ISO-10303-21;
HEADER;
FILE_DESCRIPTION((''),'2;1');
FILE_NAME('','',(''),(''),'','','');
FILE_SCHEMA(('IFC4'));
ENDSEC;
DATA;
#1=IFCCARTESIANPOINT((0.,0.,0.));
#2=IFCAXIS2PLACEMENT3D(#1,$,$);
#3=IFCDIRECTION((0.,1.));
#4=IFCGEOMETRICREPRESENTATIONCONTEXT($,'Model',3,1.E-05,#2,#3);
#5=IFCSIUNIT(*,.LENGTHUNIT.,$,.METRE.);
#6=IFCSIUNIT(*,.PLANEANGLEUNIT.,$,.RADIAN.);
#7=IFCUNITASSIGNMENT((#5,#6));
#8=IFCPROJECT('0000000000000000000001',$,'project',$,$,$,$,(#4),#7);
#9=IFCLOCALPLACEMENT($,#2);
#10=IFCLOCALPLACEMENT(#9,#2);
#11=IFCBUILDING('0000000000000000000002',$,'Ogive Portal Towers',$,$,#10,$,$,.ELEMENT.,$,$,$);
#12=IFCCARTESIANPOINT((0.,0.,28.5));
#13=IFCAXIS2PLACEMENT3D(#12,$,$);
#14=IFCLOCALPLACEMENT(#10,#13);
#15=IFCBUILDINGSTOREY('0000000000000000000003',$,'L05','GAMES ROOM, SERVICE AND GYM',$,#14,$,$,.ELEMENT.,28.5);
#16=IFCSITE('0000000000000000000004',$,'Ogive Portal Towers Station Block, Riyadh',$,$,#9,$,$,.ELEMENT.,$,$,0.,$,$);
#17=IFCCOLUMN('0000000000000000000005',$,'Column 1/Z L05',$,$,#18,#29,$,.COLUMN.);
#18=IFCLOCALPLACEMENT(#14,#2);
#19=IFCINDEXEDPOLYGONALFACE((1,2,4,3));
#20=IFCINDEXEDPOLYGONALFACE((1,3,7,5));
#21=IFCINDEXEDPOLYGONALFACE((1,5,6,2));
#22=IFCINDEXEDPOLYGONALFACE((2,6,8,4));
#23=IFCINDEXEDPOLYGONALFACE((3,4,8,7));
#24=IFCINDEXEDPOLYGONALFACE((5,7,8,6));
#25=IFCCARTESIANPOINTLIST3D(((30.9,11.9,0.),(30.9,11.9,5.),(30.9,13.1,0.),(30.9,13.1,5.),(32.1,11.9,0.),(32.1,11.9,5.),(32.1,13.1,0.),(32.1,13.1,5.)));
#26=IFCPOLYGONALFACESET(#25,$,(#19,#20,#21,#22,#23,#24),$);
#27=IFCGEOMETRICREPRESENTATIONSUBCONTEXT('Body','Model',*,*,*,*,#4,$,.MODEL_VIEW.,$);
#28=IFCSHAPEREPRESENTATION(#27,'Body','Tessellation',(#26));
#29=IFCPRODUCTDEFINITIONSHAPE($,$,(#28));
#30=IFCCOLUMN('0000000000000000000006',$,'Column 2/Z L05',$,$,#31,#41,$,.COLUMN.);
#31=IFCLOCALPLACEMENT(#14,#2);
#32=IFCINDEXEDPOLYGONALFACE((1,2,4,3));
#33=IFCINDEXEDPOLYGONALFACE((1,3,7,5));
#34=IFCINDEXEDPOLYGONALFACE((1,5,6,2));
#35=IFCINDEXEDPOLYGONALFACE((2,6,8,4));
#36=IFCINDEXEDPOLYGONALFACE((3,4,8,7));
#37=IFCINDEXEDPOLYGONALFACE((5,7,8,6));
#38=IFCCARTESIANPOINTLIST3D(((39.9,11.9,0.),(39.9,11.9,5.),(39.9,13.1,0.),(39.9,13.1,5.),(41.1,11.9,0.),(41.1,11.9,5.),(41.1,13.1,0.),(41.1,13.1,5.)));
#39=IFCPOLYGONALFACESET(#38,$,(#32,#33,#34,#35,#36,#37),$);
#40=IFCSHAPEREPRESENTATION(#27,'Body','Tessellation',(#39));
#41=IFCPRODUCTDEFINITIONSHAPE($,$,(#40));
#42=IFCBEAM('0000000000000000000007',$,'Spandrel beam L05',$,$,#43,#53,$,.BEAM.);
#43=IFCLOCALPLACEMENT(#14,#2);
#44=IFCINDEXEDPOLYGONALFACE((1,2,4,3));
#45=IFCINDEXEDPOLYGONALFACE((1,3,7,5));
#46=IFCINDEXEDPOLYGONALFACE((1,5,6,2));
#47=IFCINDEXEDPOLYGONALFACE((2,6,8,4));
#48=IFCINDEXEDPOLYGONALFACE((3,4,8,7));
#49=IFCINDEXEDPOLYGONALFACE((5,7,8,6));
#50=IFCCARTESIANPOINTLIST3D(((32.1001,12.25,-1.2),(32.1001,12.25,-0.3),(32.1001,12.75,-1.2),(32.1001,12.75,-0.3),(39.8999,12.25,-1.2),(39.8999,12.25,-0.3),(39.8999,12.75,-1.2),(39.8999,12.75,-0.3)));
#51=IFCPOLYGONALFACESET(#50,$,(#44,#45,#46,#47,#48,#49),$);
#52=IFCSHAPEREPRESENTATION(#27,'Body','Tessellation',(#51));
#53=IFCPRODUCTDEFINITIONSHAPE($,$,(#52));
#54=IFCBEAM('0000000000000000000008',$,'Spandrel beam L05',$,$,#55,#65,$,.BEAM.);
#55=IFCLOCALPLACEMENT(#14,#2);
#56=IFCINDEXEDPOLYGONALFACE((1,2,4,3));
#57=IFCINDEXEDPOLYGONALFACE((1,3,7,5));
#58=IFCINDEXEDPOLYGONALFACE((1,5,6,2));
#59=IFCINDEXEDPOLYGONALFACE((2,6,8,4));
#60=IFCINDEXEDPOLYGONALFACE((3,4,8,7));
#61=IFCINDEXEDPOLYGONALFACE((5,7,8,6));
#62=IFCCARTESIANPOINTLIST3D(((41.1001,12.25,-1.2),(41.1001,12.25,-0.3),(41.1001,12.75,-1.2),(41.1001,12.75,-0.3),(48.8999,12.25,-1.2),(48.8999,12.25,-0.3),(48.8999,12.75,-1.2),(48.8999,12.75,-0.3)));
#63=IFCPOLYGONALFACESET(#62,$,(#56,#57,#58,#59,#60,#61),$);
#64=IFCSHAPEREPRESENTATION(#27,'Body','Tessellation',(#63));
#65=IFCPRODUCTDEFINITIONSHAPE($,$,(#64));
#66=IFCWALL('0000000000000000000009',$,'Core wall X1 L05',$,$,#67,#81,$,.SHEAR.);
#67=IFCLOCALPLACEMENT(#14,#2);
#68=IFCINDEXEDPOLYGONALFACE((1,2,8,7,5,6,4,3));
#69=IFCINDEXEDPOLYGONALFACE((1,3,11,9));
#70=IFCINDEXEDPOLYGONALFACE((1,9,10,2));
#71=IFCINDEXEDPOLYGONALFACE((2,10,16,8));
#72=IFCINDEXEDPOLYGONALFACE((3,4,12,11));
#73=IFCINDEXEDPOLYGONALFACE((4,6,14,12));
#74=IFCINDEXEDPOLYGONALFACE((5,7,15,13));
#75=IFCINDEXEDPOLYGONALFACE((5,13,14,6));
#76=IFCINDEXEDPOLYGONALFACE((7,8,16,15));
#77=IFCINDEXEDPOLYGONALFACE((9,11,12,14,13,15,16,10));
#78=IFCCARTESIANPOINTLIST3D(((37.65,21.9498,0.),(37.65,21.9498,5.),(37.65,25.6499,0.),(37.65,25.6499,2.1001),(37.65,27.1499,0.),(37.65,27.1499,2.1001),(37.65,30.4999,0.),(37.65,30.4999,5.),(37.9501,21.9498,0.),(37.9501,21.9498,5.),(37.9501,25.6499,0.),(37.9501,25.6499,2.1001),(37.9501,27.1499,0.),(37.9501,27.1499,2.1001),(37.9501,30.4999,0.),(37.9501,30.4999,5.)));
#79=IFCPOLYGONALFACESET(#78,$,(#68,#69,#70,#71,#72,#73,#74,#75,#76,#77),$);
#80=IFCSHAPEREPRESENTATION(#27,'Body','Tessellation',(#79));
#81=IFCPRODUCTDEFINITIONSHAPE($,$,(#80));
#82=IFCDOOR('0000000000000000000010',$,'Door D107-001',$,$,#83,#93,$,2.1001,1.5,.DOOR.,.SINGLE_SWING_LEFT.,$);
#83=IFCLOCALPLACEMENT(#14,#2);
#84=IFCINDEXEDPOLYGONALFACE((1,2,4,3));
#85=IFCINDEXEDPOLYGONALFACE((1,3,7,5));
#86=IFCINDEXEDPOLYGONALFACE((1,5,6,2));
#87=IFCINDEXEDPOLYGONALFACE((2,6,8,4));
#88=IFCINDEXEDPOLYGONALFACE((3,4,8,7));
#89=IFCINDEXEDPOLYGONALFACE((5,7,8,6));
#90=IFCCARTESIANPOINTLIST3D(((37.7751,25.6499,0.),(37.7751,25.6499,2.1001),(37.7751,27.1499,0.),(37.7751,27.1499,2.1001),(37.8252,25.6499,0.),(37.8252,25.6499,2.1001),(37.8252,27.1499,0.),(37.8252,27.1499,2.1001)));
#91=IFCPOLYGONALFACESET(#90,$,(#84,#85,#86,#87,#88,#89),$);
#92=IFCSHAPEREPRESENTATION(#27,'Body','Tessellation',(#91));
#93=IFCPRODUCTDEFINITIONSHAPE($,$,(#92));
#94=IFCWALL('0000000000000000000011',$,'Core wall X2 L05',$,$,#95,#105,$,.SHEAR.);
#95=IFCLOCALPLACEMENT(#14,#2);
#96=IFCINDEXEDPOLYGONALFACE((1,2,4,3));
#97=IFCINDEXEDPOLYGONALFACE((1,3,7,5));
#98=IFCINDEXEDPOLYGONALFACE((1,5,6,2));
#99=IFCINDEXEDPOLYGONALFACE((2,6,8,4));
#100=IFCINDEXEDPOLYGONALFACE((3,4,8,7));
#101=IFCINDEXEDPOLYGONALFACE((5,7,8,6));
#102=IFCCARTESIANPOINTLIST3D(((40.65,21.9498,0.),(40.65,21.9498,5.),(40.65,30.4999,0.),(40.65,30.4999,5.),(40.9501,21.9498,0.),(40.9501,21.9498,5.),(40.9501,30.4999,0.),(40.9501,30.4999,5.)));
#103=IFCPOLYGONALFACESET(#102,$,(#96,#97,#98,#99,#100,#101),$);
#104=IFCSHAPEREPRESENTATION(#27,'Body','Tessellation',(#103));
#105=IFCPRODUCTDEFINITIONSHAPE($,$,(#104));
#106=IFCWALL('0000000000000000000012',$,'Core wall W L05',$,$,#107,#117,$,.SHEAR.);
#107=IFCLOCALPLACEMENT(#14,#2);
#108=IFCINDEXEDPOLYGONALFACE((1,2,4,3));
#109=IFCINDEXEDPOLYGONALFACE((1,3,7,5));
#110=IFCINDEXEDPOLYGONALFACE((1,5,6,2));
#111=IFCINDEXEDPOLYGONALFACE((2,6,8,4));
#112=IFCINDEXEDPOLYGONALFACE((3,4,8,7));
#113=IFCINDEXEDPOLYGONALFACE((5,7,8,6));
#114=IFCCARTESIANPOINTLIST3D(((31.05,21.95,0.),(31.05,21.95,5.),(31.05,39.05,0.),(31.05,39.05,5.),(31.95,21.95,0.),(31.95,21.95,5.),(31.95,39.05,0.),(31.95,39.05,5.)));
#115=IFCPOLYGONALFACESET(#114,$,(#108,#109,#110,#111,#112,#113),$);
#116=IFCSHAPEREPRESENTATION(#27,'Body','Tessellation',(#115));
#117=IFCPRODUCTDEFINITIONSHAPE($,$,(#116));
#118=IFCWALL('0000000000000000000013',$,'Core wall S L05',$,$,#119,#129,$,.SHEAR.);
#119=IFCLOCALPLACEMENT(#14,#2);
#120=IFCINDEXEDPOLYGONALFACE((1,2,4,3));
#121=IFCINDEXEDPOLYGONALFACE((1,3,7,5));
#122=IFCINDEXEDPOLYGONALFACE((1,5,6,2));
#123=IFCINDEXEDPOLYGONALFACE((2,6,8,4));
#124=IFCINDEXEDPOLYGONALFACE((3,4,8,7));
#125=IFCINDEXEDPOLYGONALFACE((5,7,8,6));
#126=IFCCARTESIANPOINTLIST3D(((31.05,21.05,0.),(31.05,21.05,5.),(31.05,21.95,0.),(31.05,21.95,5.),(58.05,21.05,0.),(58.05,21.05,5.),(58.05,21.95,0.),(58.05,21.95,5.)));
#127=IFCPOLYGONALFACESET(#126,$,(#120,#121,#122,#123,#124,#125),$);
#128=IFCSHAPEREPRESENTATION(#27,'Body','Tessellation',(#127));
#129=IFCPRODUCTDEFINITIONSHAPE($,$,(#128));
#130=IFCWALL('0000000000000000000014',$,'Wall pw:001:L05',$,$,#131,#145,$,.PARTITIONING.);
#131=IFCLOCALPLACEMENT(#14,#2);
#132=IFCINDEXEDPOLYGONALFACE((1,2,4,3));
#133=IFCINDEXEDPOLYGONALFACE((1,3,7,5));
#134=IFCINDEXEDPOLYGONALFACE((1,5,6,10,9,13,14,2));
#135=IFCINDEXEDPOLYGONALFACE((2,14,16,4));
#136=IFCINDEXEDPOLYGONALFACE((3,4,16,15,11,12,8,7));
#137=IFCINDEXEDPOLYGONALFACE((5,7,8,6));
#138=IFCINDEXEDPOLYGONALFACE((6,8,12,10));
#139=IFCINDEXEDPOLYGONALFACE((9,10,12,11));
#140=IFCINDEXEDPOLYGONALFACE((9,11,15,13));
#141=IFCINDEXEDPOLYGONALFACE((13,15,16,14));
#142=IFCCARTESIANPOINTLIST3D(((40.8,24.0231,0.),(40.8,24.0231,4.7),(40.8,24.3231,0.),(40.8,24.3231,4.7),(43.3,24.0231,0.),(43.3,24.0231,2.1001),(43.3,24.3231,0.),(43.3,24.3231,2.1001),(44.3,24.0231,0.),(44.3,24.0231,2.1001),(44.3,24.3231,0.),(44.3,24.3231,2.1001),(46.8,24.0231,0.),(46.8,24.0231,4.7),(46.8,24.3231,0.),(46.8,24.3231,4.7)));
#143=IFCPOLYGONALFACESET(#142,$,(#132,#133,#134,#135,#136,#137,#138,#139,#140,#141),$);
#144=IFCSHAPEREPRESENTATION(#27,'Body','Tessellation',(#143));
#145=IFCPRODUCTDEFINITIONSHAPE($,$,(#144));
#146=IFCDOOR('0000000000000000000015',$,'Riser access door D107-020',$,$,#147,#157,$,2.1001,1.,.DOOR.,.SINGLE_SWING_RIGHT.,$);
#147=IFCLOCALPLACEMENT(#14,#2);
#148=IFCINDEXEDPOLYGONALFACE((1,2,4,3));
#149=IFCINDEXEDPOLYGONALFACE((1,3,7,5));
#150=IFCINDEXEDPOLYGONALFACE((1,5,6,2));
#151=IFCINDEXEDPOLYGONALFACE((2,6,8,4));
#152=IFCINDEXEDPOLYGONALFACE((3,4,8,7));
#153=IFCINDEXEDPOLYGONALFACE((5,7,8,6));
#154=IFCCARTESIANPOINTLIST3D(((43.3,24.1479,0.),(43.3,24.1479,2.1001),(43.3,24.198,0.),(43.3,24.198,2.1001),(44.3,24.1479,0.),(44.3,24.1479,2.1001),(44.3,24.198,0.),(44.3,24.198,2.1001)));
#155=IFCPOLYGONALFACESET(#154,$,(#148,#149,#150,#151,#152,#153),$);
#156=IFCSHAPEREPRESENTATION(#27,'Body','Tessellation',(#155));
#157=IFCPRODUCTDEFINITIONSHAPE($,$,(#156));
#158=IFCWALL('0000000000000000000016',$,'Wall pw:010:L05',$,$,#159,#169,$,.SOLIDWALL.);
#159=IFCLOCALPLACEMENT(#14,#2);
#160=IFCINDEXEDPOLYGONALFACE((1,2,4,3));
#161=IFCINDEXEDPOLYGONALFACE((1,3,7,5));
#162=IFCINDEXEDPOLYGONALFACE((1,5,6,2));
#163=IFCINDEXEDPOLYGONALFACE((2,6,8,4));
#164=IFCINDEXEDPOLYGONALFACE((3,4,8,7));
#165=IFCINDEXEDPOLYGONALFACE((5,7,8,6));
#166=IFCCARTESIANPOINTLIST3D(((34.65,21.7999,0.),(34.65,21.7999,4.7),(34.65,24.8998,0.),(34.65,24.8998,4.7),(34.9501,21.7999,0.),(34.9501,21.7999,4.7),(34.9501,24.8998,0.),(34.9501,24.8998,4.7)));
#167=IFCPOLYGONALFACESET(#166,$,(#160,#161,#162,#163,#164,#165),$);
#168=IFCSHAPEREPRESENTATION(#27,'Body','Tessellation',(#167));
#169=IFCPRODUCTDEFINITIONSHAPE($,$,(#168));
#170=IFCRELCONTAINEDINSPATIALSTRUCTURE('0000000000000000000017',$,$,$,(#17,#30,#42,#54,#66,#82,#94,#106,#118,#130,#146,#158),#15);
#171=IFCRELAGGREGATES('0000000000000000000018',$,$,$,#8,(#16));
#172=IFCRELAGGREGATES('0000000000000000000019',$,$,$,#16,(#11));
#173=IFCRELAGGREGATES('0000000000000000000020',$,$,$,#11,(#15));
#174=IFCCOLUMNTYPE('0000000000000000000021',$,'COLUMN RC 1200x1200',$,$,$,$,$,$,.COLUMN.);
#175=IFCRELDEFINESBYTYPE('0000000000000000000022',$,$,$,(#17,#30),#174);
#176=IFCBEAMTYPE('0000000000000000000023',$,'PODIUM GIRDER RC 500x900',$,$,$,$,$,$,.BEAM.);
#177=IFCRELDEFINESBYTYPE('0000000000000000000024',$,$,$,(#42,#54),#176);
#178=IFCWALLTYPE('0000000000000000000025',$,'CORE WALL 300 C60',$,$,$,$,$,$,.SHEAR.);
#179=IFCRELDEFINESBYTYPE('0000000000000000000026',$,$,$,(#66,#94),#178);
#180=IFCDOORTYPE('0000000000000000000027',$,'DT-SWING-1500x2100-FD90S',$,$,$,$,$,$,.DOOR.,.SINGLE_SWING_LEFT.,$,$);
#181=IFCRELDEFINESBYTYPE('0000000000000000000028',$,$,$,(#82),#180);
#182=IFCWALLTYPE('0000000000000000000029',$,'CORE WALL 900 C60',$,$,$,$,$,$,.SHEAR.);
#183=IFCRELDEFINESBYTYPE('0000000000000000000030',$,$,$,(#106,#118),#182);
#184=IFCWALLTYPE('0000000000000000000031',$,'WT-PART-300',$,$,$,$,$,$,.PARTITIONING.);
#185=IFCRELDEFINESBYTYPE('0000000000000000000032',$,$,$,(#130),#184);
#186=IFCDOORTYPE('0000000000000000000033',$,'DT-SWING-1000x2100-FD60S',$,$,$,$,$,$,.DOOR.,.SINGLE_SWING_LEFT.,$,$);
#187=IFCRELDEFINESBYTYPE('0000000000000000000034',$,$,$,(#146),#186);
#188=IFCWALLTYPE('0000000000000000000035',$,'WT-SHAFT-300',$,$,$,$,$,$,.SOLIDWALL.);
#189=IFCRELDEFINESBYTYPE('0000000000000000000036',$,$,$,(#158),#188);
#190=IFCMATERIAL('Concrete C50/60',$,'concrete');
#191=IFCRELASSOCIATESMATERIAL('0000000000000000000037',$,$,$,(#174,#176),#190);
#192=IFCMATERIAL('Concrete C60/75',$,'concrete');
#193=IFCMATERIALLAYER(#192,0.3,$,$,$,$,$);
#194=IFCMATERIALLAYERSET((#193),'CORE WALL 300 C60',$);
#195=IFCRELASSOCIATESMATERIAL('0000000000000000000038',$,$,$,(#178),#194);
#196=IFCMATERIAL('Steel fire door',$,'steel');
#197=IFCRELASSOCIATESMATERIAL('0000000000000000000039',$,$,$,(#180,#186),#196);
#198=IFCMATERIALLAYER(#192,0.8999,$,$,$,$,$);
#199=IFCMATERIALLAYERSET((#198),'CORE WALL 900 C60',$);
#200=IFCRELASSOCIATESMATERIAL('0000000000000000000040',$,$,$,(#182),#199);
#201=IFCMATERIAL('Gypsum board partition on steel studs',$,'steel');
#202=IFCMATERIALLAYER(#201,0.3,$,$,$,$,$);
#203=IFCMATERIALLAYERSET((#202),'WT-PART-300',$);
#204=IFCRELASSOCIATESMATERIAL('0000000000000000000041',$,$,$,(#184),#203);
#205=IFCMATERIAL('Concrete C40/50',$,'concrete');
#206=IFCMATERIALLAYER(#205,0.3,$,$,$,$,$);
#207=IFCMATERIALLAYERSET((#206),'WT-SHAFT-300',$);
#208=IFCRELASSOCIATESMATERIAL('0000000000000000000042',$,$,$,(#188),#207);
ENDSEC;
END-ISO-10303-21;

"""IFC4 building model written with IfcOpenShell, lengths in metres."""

from ifc_helpers import new_model, si_unit, direction, frame, frame_2d, origin, origin_2d, place, context, subcontext, project, spatial, rectangle, extrude, material, layer, layer_set, material_profile, profile_set, type_object, element, fill, save


model = new_model("IFC4")

# Units and contexts
model_context = context("Model", 3, precision=1e-05, world=origin(), true_north=direction((0.0, 1.0)))
body_context = subcontext(model_context, "Body", "Model", "MODEL_VIEW")
ifc_project = project(units=[si_unit("LENGTHUNIT", "METRE"), si_unit("PLANEANGLEUNIT", "RADIAN")], contexts=[model_context])

# Site, building, storey
site_placement = place(None, origin())
site = spatial("IfcSite", under=ifc_project, at=site_placement, Name="Ogive Portal Towers Station Block, Riyadh", CompositionType="ELEMENT", RefElevation=0.0)
building_placement = place(site_placement, origin())
building = spatial("IfcBuilding", under=site, at=building_placement, Name="Ogive Portal Towers", CompositionType="ELEMENT")
storey_placement = place(building_placement, frame((0.0, 0.0, 28.5)))
storey = spatial("IfcBuildingStorey", under=building, at=storey_placement, Name="L05", Description="GAMES ROOM, SERVICE AND GYM", CompositionType="ELEMENT", Elevation=28.5)

# Columns
ifc_material_1 = material(Name="Concrete C50/60", Category="concrete")
ifc_material_profile_1 = material_profile(ifc_material_1, rectangle(XDim=1.2, YDim=1.2, at=origin_2d()), Name="RC 1200x1200")
ifc_profile_set_1 = profile_set([ifc_material_profile_1], Name="Concrete C50/60")
column_type = type_object("IfcColumnType", Name="COLUMN RC 1200x1200", PredefinedType="COLUMN", material=ifc_profile_set_1)
for number, where, z_axis, x_axis, name in (
    (1, (31.5, 12.5, 0.0), (0.0, 0.0, 1.0), (1.0, 0.0, 0.0), "Column 1/Z L05"),
    (2, (40.5, 12.5, 0.0), (0.0, 0.0, 1.0), (1.0, 0.0, 0.0), "Column 2/Z L05"),
):
    element("IfcColumn", number, at=place(storey_placement, frame(where, z_axis=z_axis, x_axis=x_axis)), inside=storey, type_object=column_type, Name=name, PredefinedType="COLUMN", context=body_context, shape_type="SweptSolid", body=[
        extrude(rectangle(XDim=1.2, YDim=1.2, at=origin_2d()), origin(), (0.0, 0.0, 1.0), 5.0),
    ])

# Beams
ifc_material_profile_2 = material_profile(ifc_material_1, rectangle(XDim=0.5, YDim=0.8999, at=origin_2d()), Name="RC 500x900")
ifc_profile_set_2 = profile_set([ifc_material_profile_2], Name="Concrete C50/60")
beam_type = type_object("IfcBeamType", Name="PODIUM GIRDER RC 500x900", PredefinedType="BEAM", material=ifc_profile_set_2)
for number, where, z_axis, x_axis, name in (
    (3, (32.1001, 12.5, -0.75), (1.0, 0.0, 0.0), (0.0, 1.0, 0.0), "Spandrel beam L05"),
    (4, (41.1001, 12.5, -0.75), (1.0, 0.0, 0.0), (0.0, 1.0, 0.0), "Spandrel beam L05"),
):
    element("IfcBeam", number, at=place(storey_placement, frame(where, z_axis=z_axis, x_axis=x_axis)), inside=storey, type_object=beam_type, Name=name, PredefinedType="BEAM", context=body_context, shape_type="SweptSolid", body=[
        extrude(rectangle(XDim=0.5, YDim=0.8999, at=origin_2d()), origin(), (0.0, 0.0, 1.0), 7.7998),
    ])

# Wall, opening, door
ifc_material_2 = material(Name="Concrete C60/75", Category="concrete")
ifc_layer_1 = layer(ifc_material_2, 0.3)
ifc_layer_set_1 = layer_set([ifc_layer_1], Name="CORE WALL 300 C60")
wall_type_1 = type_object("IfcWallType", Name="CORE WALL 300 C60", PredefinedType="SHEAR", material=ifc_layer_set_1)
wall_1_placement = place(storey_placement, frame((37.8, 21.95, 0.0), z_axis=(0.0, 0.0, 1.0), x_axis=(0.0, 1.0, 0.0)))
wall_1 = element("IfcWall", 5, at=wall_1_placement, inside=storey, type_object=wall_type_1, Name="Core wall X1 L05", PredefinedType="SHEAR", context=body_context, shape_type="SweptSolid", body=[
    extrude(rectangle(XDim=8.55, YDim=0.3, at=frame_2d((4.2749, 0.0))), origin(), (0.0, 0.0, 1.0), 5.0),
])
opening_1_placement = place(wall_1_placement, frame((3.7, 0.0, 0.0)))
opening_1 = element("IfcOpeningElement", 6, at=opening_1_placement, cuts=wall_1, PredefinedType="OPENING", context=body_context, shape_type="SweptSolid", body=[
    extrude(rectangle(XDim=1.5, YDim=2.1001, at=frame_2d((0.75, 1.05))), frame((0.0, 0.1602, 0.0), z_axis=(0.0, -1.0, 0.0), x_axis=(1.0, 0.0, 0.0)), (0.0, 0.0, 1.0), 0.3201),
])
ifc_material_3 = material(Name="Steel fire door", Category="steel")
door_type_1 = type_object("IfcDoorType", Name="DT-SWING-1500x2100-FD90S", OperationType="SINGLE_SWING_LEFT", PredefinedType="DOOR", material=ifc_material_3)
door_1_placement = place(opening_1_placement, origin())
door_1 = element("IfcDoor", 7, at=door_1_placement, inside=storey, type_object=door_type_1, Name="Door D107-001", OperationType="SINGLE_SWING_LEFT", OverallHeight=2.1001, OverallWidth=1.5, PredefinedType="DOOR", context=body_context, shape_type="SweptSolid", body=[
    extrude(rectangle(XDim=1.5, YDim=2.1001, at=frame_2d((0.75, 1.05))), frame((0.0, 0.0249, 0.0), z_axis=(0.0, -1.0, 0.0), x_axis=(1.0, 0.0, 0.0)), (0.0, 0.0, 1.0), 0.05),
])
fill(opening_1, door_1)

# Walls
wall_2_placement = place(storey_placement, frame((40.8, 21.95, 0.0), z_axis=(0.0, 0.0, 1.0), x_axis=(0.0, 1.0, 0.0)))
element("IfcWall", 8, at=wall_2_placement, inside=storey, type_object=wall_type_1, Name="Core wall X2 L05", PredefinedType="SHEAR", context=body_context, shape_type="SweptSolid", body=[
    extrude(rectangle(XDim=8.55, YDim=0.3, at=frame_2d((4.2749, 0.0))), origin(), (0.0, 0.0, 1.0), 5.0),
])
ifc_layer_2 = layer(ifc_material_2, 0.8999)
ifc_layer_set_2 = layer_set([ifc_layer_2], Name="CORE WALL 900 C60")
wall_type_2 = type_object("IfcWallType", Name="CORE WALL 900 C60", PredefinedType="SHEAR", material=ifc_layer_set_2)
wall_3_placement = place(storey_placement, frame((31.5, 21.95, 0.0), z_axis=(0.0, 0.0, 1.0), x_axis=(0.0, 1.0, 0.0)))
element("IfcWall", 9, at=wall_3_placement, inside=storey, type_object=wall_type_2, Name="Core wall W L05", PredefinedType="SHEAR", context=body_context, shape_type="SweptSolid", body=[
    extrude(rectangle(XDim=17.1001, YDim=0.8999, at=frame_2d((8.55, 0.0))), origin(), (0.0, 0.0, 1.0), 5.0),
])
wall_4_placement = place(storey_placement, frame((31.05, 21.5, 0.0), z_axis=(0.0, 0.0, 1.0), x_axis=(1.0, 0.0, 0.0)))
element("IfcWall", 10, at=wall_4_placement, inside=storey, type_object=wall_type_2, Name="Core wall S L05", PredefinedType="SHEAR", context=body_context, shape_type="SweptSolid", body=[
    extrude(rectangle(XDim=27.0, YDim=0.8999, at=frame_2d((13.5, 0.0))), origin(), (0.0, 0.0, 1.0), 5.0),
])

# Wall, opening, door
ifc_material_4 = material(Name="Gypsum board partition on steel studs", Category="steel")
ifc_layer_3 = layer(ifc_material_4, 0.3)
ifc_layer_set_3 = layer_set([ifc_layer_3], Name="WT-PART-300")
wall_type_3 = type_object("IfcWallType", Name="WT-PART-300", PredefinedType="PARTITIONING", material=ifc_layer_set_3)
wall_5_placement = place(storey_placement, frame((40.8, 24.1731, 0.0), z_axis=(0.0, 0.0, 1.0), x_axis=(1.0, 0.0, 0.0)))
wall_5 = element("IfcWall", 11, at=wall_5_placement, inside=storey, type_object=wall_type_3, Name="Wall pw:001:L05", PredefinedType="PARTITIONING", context=body_context, shape_type="SweptSolid", body=[
    extrude(rectangle(XDim=6.0, YDim=0.3, at=frame_2d((3.0, 0.0))), origin(), (0.0, 0.0, 1.0), 4.7),
])
opening_2_placement = place(wall_5_placement, frame((2.5, 0.0, 0.0)))
opening_2 = element("IfcOpeningElement", 12, at=opening_2_placement, cuts=wall_5, PredefinedType="OPENING", context=body_context, shape_type="SweptSolid", body=[
    extrude(rectangle(XDim=1.0, YDim=2.1001, at=frame_2d((0.5, 1.05))), frame((0.0, 0.1602, 0.0), z_axis=(0.0, -1.0, 0.0), x_axis=(1.0, 0.0, 0.0)), (0.0, 0.0, 1.0), 0.3201),
])
door_type_2 = type_object("IfcDoorType", Name="DT-SWING-1000x2100-FD60S", OperationType="SINGLE_SWING_LEFT", PredefinedType="DOOR", material=ifc_material_3)
door_2_placement = place(opening_2_placement, origin())
door_2 = element("IfcDoor", 13, at=door_2_placement, inside=storey, type_object=door_type_2, Name="Riser access door D107-020", OperationType="SINGLE_SWING_RIGHT", OverallHeight=2.1001, OverallWidth=1.0, PredefinedType="DOOR", context=body_context, shape_type="SweptSolid", body=[
    extrude(rectangle(XDim=1.0, YDim=2.1001, at=frame_2d((0.5, 1.05))), frame((0.0, 0.0249, 0.0), z_axis=(0.0, -1.0, 0.0), x_axis=(1.0, 0.0, 0.0)), (0.0, 0.0, 1.0), 0.05),
])
fill(opening_2, door_2)

# Shared definitions
ifc_material_5 = material(Name="Concrete C40/50", Category="concrete")
ifc_layer_4 = layer(ifc_material_5, 0.3)
ifc_layer_set_4 = layer_set([ifc_layer_4], Name="WT-SHAFT-300")
wall_type_4 = type_object("IfcWallType", Name="WT-SHAFT-300", PredefinedType="SOLIDWALL", material=ifc_layer_set_4)

# Wall
wall_6_placement = place(storey_placement, frame((34.8, 21.8, 0.0), z_axis=(0.0, 0.0, 1.0), x_axis=(0.0, 1.0, 0.0)))
element("IfcWall", 14, at=wall_6_placement, inside=storey, type_object=wall_type_4, Name="Wall pw:010:L05", PredefinedType="SOLIDWALL", context=body_context, shape_type="SweptSolid", body=[
    extrude(rectangle(XDim=3.0999, YDim=0.3, at=frame_2d((1.5498, 0.0))), origin(), (0.0, 0.0, 1.0), 4.7),
])

save(model, "model.ifc")
